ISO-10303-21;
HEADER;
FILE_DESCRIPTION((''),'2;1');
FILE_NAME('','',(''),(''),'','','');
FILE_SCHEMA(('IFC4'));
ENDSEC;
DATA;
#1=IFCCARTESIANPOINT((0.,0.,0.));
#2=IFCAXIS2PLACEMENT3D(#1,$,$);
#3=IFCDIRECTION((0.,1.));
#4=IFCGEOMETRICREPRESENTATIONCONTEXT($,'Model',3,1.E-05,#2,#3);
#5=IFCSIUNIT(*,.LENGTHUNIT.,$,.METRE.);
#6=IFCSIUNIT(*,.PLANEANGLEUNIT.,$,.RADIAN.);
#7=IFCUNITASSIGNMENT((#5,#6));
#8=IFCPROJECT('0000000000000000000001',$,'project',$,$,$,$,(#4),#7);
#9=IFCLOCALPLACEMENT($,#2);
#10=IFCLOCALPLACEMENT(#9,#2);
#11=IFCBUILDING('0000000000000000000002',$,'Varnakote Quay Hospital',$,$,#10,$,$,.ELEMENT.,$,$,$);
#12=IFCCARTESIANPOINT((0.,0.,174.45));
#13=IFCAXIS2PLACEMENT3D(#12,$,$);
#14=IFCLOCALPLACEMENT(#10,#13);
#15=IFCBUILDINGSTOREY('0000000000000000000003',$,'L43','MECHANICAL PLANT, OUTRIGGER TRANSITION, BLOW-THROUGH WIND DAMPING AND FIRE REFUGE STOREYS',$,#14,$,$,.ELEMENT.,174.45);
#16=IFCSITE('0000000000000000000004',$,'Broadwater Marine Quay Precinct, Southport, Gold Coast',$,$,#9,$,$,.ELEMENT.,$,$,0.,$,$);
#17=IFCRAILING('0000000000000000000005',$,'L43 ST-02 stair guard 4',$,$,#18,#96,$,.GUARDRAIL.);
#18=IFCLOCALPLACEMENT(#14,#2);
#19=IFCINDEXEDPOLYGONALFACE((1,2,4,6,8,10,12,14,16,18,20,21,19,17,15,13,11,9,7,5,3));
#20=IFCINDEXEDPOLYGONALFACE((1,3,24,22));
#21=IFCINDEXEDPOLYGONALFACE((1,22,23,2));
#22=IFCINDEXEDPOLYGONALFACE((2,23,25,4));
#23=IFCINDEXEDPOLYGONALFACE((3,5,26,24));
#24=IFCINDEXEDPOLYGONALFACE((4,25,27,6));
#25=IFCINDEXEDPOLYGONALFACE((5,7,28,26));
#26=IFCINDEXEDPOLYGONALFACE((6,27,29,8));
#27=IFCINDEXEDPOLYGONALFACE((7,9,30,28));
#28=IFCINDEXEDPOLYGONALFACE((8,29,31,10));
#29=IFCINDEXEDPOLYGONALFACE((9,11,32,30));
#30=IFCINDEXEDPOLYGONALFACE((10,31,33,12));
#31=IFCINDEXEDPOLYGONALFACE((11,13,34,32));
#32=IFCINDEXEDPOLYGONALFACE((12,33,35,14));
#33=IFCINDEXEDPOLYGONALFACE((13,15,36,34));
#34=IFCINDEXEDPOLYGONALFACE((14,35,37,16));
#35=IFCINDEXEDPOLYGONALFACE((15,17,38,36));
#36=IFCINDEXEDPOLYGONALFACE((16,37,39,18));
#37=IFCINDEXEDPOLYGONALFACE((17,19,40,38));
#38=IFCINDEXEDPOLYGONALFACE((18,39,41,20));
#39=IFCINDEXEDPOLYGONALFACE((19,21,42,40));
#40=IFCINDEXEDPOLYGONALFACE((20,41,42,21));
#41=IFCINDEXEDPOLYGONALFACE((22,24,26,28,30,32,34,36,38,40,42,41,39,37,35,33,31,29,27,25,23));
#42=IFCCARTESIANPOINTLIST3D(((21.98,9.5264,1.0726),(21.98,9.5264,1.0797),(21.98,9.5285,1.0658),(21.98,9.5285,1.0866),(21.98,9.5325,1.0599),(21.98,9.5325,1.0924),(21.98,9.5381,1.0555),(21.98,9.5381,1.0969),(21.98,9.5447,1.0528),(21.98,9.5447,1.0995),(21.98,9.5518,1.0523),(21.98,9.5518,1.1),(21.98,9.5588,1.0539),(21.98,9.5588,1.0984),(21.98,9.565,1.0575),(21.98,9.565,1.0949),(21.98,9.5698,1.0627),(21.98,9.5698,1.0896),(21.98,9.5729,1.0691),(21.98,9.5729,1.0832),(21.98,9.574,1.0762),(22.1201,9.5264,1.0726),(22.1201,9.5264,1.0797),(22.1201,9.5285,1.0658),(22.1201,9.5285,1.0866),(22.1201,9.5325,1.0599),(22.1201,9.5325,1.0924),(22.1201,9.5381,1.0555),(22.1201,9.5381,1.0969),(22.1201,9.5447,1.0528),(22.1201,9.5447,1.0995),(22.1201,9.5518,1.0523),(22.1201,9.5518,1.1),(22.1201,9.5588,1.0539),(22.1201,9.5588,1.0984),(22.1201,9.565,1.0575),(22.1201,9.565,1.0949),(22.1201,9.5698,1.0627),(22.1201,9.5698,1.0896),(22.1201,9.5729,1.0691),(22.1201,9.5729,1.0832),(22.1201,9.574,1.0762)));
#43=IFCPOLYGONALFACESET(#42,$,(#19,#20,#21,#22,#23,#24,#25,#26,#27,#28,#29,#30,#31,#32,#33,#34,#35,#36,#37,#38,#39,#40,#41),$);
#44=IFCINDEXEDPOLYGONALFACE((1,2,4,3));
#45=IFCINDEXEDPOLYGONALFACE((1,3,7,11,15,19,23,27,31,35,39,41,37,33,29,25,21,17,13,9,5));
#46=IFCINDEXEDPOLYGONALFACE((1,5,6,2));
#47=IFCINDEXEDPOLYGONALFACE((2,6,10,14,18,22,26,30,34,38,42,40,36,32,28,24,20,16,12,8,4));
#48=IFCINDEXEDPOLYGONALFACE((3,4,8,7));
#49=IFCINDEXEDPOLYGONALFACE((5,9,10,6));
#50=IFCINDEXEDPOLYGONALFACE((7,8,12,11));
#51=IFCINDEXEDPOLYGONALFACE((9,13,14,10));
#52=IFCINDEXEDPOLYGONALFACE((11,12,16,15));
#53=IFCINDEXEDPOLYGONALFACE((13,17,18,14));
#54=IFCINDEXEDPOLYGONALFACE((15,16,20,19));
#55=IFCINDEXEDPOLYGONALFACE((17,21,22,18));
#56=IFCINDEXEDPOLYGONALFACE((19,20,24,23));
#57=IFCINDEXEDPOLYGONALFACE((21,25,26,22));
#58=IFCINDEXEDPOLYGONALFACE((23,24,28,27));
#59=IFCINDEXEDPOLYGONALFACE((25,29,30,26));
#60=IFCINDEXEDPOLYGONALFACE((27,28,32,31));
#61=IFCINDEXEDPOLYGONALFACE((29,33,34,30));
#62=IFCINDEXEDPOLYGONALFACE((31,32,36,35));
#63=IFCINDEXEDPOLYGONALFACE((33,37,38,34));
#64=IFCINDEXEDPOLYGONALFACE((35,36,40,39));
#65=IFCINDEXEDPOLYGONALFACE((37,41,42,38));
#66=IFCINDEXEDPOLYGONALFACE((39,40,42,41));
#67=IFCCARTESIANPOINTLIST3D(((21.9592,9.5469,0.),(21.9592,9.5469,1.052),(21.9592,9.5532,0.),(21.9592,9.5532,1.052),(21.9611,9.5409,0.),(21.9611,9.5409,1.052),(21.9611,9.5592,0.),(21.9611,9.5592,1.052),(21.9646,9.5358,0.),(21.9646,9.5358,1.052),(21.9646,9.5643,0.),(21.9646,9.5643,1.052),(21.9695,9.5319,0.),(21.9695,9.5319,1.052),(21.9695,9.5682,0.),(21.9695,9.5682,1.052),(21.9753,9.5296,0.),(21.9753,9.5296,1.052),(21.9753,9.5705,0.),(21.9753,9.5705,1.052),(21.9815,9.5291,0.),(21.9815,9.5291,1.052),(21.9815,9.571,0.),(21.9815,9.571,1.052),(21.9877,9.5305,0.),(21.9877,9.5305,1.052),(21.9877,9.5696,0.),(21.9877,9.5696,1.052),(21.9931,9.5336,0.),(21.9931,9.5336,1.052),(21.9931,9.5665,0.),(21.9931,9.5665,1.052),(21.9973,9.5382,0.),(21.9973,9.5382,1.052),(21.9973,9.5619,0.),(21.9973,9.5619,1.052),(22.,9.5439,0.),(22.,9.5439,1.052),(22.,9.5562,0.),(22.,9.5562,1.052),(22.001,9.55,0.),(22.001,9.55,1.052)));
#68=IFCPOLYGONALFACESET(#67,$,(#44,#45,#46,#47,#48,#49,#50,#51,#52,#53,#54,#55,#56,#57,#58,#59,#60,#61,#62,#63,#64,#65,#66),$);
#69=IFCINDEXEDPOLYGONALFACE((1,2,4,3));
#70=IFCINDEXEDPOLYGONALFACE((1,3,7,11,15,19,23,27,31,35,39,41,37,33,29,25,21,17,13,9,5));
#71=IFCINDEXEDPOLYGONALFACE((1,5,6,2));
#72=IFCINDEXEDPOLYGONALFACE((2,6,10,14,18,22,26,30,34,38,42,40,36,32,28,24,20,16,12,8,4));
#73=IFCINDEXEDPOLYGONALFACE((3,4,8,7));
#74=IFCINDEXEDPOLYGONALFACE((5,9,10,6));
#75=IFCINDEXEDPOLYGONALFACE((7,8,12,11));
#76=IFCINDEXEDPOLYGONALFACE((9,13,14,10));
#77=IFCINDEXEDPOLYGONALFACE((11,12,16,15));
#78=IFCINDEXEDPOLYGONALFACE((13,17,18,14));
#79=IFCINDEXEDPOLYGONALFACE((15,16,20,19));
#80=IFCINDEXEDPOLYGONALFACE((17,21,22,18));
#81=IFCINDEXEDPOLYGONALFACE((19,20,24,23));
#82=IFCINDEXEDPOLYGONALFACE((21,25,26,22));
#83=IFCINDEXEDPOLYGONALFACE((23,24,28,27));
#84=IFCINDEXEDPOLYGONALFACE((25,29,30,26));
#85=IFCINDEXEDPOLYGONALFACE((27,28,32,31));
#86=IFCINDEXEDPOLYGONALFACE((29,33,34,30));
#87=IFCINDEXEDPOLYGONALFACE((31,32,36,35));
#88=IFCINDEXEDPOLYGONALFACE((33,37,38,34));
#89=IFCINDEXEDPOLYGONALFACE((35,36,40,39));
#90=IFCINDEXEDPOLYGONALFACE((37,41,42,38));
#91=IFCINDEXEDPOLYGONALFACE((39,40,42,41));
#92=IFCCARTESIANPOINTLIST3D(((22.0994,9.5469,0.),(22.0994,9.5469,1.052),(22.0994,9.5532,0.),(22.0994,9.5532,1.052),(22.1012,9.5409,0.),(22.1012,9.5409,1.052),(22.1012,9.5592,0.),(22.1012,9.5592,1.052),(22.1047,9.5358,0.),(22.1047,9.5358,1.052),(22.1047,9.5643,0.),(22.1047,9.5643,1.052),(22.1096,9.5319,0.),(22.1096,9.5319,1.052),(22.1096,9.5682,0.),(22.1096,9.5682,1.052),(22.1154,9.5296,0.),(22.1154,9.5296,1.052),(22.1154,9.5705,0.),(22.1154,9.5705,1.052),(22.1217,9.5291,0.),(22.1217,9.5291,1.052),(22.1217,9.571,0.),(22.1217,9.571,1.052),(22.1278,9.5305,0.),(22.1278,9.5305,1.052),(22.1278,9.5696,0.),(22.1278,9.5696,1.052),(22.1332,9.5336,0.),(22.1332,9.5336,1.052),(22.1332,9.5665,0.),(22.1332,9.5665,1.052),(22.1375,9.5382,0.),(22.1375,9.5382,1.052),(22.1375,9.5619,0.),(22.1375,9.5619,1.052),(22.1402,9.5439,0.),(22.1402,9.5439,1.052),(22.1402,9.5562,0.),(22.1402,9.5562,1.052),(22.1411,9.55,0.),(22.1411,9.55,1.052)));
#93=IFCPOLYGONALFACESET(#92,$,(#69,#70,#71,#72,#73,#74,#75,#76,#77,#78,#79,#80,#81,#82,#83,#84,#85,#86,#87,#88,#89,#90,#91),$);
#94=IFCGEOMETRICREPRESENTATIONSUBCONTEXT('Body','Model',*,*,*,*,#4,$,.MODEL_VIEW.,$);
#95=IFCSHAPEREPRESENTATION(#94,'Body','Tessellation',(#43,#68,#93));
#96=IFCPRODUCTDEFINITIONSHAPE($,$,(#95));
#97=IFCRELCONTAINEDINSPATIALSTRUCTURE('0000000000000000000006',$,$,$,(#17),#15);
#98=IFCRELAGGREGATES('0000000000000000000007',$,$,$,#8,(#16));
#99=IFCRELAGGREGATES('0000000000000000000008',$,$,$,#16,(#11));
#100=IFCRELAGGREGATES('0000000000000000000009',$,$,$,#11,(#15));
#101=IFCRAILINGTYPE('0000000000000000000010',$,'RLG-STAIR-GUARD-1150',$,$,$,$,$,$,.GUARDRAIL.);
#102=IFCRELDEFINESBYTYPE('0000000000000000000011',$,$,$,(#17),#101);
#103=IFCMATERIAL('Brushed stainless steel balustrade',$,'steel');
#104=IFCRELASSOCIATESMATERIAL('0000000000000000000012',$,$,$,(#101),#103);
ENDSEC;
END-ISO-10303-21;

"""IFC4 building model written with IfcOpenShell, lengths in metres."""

from ifc_helpers import new_model, si_unit, direction, frame, origin, origin_2d, place, context, subcontext, project, spatial, circle, extrude, material, type_object, element, save


model = new_model("IFC4")

# Units and contexts
model_context = context("Model", 3, precision=1e-05, world=origin(), true_north=direction((0.0, 1.0)))
body_context = subcontext(model_context, "Body", "Model", "MODEL_VIEW")
ifc_project = project(units=[si_unit("LENGTHUNIT", "METRE"), si_unit("PLANEANGLEUNIT", "RADIAN")], contexts=[model_context])

# Site, building, storey
site_placement = place(None, origin())
site = spatial("IfcSite", under=ifc_project, at=site_placement, Name="Broadwater Marine Quay Precinct, Southport, Gold Coast", CompositionType="ELEMENT", RefElevation=0.0)
building_placement = place(site_placement, origin())
building = spatial("IfcBuilding", under=site, at=building_placement, Name="Varnakote Quay Hospital", CompositionType="ELEMENT")
storey_placement = place(building_placement, frame((0.0, 0.0, 174.45)))
storey = spatial("IfcBuildingStorey", under=building, at=storey_placement, Name="L43", Description="MECHANICAL PLANT, OUTRIGGER TRANSITION, BLOW-THROUGH WIND DAMPING AND FIRE REFUGE STOREYS", CompositionType="ELEMENT", Elevation=174.45)

# Railing
ifc_material_1 = material(Name="Brushed stainless steel balustrade", Category="steel")
railing_type = type_object("IfcRailingType", Name="RLG-STAIR-GUARD-1150", PredefinedType="GUARDRAIL", material=ifc_material_1)
railing_1_placement = place(storey_placement, frame((21.98, 9.55, 0.0)))
element("IfcRailing", 1, at=railing_1_placement, inside=storey, type_object=railing_type, Name="L43 ST-02 stair guard 4", PredefinedType="GUARDRAIL", context=body_context, shape_type="SweptSolid", body=[
    extrude(circle(Radius=0.0239, at=origin_2d()), frame((0.0, 0.0, 1.0762), z_axis=(1.0, 0.0, 0.0), x_axis=(0.0, 1.0, 0.0)), (0.0, 0.0, 1.0), 0.1401),
    extrude(circle(Radius=0.021, at=origin_2d()), origin(), (0.0, 0.0, 1.0), 1.052),
    extrude(circle(Radius=0.021, at=origin_2d()), frame((0.1401, 0.0, 0.0)), (0.0, 0.0, 1.0), 1.052),
])

save(model, "model.ifc")
